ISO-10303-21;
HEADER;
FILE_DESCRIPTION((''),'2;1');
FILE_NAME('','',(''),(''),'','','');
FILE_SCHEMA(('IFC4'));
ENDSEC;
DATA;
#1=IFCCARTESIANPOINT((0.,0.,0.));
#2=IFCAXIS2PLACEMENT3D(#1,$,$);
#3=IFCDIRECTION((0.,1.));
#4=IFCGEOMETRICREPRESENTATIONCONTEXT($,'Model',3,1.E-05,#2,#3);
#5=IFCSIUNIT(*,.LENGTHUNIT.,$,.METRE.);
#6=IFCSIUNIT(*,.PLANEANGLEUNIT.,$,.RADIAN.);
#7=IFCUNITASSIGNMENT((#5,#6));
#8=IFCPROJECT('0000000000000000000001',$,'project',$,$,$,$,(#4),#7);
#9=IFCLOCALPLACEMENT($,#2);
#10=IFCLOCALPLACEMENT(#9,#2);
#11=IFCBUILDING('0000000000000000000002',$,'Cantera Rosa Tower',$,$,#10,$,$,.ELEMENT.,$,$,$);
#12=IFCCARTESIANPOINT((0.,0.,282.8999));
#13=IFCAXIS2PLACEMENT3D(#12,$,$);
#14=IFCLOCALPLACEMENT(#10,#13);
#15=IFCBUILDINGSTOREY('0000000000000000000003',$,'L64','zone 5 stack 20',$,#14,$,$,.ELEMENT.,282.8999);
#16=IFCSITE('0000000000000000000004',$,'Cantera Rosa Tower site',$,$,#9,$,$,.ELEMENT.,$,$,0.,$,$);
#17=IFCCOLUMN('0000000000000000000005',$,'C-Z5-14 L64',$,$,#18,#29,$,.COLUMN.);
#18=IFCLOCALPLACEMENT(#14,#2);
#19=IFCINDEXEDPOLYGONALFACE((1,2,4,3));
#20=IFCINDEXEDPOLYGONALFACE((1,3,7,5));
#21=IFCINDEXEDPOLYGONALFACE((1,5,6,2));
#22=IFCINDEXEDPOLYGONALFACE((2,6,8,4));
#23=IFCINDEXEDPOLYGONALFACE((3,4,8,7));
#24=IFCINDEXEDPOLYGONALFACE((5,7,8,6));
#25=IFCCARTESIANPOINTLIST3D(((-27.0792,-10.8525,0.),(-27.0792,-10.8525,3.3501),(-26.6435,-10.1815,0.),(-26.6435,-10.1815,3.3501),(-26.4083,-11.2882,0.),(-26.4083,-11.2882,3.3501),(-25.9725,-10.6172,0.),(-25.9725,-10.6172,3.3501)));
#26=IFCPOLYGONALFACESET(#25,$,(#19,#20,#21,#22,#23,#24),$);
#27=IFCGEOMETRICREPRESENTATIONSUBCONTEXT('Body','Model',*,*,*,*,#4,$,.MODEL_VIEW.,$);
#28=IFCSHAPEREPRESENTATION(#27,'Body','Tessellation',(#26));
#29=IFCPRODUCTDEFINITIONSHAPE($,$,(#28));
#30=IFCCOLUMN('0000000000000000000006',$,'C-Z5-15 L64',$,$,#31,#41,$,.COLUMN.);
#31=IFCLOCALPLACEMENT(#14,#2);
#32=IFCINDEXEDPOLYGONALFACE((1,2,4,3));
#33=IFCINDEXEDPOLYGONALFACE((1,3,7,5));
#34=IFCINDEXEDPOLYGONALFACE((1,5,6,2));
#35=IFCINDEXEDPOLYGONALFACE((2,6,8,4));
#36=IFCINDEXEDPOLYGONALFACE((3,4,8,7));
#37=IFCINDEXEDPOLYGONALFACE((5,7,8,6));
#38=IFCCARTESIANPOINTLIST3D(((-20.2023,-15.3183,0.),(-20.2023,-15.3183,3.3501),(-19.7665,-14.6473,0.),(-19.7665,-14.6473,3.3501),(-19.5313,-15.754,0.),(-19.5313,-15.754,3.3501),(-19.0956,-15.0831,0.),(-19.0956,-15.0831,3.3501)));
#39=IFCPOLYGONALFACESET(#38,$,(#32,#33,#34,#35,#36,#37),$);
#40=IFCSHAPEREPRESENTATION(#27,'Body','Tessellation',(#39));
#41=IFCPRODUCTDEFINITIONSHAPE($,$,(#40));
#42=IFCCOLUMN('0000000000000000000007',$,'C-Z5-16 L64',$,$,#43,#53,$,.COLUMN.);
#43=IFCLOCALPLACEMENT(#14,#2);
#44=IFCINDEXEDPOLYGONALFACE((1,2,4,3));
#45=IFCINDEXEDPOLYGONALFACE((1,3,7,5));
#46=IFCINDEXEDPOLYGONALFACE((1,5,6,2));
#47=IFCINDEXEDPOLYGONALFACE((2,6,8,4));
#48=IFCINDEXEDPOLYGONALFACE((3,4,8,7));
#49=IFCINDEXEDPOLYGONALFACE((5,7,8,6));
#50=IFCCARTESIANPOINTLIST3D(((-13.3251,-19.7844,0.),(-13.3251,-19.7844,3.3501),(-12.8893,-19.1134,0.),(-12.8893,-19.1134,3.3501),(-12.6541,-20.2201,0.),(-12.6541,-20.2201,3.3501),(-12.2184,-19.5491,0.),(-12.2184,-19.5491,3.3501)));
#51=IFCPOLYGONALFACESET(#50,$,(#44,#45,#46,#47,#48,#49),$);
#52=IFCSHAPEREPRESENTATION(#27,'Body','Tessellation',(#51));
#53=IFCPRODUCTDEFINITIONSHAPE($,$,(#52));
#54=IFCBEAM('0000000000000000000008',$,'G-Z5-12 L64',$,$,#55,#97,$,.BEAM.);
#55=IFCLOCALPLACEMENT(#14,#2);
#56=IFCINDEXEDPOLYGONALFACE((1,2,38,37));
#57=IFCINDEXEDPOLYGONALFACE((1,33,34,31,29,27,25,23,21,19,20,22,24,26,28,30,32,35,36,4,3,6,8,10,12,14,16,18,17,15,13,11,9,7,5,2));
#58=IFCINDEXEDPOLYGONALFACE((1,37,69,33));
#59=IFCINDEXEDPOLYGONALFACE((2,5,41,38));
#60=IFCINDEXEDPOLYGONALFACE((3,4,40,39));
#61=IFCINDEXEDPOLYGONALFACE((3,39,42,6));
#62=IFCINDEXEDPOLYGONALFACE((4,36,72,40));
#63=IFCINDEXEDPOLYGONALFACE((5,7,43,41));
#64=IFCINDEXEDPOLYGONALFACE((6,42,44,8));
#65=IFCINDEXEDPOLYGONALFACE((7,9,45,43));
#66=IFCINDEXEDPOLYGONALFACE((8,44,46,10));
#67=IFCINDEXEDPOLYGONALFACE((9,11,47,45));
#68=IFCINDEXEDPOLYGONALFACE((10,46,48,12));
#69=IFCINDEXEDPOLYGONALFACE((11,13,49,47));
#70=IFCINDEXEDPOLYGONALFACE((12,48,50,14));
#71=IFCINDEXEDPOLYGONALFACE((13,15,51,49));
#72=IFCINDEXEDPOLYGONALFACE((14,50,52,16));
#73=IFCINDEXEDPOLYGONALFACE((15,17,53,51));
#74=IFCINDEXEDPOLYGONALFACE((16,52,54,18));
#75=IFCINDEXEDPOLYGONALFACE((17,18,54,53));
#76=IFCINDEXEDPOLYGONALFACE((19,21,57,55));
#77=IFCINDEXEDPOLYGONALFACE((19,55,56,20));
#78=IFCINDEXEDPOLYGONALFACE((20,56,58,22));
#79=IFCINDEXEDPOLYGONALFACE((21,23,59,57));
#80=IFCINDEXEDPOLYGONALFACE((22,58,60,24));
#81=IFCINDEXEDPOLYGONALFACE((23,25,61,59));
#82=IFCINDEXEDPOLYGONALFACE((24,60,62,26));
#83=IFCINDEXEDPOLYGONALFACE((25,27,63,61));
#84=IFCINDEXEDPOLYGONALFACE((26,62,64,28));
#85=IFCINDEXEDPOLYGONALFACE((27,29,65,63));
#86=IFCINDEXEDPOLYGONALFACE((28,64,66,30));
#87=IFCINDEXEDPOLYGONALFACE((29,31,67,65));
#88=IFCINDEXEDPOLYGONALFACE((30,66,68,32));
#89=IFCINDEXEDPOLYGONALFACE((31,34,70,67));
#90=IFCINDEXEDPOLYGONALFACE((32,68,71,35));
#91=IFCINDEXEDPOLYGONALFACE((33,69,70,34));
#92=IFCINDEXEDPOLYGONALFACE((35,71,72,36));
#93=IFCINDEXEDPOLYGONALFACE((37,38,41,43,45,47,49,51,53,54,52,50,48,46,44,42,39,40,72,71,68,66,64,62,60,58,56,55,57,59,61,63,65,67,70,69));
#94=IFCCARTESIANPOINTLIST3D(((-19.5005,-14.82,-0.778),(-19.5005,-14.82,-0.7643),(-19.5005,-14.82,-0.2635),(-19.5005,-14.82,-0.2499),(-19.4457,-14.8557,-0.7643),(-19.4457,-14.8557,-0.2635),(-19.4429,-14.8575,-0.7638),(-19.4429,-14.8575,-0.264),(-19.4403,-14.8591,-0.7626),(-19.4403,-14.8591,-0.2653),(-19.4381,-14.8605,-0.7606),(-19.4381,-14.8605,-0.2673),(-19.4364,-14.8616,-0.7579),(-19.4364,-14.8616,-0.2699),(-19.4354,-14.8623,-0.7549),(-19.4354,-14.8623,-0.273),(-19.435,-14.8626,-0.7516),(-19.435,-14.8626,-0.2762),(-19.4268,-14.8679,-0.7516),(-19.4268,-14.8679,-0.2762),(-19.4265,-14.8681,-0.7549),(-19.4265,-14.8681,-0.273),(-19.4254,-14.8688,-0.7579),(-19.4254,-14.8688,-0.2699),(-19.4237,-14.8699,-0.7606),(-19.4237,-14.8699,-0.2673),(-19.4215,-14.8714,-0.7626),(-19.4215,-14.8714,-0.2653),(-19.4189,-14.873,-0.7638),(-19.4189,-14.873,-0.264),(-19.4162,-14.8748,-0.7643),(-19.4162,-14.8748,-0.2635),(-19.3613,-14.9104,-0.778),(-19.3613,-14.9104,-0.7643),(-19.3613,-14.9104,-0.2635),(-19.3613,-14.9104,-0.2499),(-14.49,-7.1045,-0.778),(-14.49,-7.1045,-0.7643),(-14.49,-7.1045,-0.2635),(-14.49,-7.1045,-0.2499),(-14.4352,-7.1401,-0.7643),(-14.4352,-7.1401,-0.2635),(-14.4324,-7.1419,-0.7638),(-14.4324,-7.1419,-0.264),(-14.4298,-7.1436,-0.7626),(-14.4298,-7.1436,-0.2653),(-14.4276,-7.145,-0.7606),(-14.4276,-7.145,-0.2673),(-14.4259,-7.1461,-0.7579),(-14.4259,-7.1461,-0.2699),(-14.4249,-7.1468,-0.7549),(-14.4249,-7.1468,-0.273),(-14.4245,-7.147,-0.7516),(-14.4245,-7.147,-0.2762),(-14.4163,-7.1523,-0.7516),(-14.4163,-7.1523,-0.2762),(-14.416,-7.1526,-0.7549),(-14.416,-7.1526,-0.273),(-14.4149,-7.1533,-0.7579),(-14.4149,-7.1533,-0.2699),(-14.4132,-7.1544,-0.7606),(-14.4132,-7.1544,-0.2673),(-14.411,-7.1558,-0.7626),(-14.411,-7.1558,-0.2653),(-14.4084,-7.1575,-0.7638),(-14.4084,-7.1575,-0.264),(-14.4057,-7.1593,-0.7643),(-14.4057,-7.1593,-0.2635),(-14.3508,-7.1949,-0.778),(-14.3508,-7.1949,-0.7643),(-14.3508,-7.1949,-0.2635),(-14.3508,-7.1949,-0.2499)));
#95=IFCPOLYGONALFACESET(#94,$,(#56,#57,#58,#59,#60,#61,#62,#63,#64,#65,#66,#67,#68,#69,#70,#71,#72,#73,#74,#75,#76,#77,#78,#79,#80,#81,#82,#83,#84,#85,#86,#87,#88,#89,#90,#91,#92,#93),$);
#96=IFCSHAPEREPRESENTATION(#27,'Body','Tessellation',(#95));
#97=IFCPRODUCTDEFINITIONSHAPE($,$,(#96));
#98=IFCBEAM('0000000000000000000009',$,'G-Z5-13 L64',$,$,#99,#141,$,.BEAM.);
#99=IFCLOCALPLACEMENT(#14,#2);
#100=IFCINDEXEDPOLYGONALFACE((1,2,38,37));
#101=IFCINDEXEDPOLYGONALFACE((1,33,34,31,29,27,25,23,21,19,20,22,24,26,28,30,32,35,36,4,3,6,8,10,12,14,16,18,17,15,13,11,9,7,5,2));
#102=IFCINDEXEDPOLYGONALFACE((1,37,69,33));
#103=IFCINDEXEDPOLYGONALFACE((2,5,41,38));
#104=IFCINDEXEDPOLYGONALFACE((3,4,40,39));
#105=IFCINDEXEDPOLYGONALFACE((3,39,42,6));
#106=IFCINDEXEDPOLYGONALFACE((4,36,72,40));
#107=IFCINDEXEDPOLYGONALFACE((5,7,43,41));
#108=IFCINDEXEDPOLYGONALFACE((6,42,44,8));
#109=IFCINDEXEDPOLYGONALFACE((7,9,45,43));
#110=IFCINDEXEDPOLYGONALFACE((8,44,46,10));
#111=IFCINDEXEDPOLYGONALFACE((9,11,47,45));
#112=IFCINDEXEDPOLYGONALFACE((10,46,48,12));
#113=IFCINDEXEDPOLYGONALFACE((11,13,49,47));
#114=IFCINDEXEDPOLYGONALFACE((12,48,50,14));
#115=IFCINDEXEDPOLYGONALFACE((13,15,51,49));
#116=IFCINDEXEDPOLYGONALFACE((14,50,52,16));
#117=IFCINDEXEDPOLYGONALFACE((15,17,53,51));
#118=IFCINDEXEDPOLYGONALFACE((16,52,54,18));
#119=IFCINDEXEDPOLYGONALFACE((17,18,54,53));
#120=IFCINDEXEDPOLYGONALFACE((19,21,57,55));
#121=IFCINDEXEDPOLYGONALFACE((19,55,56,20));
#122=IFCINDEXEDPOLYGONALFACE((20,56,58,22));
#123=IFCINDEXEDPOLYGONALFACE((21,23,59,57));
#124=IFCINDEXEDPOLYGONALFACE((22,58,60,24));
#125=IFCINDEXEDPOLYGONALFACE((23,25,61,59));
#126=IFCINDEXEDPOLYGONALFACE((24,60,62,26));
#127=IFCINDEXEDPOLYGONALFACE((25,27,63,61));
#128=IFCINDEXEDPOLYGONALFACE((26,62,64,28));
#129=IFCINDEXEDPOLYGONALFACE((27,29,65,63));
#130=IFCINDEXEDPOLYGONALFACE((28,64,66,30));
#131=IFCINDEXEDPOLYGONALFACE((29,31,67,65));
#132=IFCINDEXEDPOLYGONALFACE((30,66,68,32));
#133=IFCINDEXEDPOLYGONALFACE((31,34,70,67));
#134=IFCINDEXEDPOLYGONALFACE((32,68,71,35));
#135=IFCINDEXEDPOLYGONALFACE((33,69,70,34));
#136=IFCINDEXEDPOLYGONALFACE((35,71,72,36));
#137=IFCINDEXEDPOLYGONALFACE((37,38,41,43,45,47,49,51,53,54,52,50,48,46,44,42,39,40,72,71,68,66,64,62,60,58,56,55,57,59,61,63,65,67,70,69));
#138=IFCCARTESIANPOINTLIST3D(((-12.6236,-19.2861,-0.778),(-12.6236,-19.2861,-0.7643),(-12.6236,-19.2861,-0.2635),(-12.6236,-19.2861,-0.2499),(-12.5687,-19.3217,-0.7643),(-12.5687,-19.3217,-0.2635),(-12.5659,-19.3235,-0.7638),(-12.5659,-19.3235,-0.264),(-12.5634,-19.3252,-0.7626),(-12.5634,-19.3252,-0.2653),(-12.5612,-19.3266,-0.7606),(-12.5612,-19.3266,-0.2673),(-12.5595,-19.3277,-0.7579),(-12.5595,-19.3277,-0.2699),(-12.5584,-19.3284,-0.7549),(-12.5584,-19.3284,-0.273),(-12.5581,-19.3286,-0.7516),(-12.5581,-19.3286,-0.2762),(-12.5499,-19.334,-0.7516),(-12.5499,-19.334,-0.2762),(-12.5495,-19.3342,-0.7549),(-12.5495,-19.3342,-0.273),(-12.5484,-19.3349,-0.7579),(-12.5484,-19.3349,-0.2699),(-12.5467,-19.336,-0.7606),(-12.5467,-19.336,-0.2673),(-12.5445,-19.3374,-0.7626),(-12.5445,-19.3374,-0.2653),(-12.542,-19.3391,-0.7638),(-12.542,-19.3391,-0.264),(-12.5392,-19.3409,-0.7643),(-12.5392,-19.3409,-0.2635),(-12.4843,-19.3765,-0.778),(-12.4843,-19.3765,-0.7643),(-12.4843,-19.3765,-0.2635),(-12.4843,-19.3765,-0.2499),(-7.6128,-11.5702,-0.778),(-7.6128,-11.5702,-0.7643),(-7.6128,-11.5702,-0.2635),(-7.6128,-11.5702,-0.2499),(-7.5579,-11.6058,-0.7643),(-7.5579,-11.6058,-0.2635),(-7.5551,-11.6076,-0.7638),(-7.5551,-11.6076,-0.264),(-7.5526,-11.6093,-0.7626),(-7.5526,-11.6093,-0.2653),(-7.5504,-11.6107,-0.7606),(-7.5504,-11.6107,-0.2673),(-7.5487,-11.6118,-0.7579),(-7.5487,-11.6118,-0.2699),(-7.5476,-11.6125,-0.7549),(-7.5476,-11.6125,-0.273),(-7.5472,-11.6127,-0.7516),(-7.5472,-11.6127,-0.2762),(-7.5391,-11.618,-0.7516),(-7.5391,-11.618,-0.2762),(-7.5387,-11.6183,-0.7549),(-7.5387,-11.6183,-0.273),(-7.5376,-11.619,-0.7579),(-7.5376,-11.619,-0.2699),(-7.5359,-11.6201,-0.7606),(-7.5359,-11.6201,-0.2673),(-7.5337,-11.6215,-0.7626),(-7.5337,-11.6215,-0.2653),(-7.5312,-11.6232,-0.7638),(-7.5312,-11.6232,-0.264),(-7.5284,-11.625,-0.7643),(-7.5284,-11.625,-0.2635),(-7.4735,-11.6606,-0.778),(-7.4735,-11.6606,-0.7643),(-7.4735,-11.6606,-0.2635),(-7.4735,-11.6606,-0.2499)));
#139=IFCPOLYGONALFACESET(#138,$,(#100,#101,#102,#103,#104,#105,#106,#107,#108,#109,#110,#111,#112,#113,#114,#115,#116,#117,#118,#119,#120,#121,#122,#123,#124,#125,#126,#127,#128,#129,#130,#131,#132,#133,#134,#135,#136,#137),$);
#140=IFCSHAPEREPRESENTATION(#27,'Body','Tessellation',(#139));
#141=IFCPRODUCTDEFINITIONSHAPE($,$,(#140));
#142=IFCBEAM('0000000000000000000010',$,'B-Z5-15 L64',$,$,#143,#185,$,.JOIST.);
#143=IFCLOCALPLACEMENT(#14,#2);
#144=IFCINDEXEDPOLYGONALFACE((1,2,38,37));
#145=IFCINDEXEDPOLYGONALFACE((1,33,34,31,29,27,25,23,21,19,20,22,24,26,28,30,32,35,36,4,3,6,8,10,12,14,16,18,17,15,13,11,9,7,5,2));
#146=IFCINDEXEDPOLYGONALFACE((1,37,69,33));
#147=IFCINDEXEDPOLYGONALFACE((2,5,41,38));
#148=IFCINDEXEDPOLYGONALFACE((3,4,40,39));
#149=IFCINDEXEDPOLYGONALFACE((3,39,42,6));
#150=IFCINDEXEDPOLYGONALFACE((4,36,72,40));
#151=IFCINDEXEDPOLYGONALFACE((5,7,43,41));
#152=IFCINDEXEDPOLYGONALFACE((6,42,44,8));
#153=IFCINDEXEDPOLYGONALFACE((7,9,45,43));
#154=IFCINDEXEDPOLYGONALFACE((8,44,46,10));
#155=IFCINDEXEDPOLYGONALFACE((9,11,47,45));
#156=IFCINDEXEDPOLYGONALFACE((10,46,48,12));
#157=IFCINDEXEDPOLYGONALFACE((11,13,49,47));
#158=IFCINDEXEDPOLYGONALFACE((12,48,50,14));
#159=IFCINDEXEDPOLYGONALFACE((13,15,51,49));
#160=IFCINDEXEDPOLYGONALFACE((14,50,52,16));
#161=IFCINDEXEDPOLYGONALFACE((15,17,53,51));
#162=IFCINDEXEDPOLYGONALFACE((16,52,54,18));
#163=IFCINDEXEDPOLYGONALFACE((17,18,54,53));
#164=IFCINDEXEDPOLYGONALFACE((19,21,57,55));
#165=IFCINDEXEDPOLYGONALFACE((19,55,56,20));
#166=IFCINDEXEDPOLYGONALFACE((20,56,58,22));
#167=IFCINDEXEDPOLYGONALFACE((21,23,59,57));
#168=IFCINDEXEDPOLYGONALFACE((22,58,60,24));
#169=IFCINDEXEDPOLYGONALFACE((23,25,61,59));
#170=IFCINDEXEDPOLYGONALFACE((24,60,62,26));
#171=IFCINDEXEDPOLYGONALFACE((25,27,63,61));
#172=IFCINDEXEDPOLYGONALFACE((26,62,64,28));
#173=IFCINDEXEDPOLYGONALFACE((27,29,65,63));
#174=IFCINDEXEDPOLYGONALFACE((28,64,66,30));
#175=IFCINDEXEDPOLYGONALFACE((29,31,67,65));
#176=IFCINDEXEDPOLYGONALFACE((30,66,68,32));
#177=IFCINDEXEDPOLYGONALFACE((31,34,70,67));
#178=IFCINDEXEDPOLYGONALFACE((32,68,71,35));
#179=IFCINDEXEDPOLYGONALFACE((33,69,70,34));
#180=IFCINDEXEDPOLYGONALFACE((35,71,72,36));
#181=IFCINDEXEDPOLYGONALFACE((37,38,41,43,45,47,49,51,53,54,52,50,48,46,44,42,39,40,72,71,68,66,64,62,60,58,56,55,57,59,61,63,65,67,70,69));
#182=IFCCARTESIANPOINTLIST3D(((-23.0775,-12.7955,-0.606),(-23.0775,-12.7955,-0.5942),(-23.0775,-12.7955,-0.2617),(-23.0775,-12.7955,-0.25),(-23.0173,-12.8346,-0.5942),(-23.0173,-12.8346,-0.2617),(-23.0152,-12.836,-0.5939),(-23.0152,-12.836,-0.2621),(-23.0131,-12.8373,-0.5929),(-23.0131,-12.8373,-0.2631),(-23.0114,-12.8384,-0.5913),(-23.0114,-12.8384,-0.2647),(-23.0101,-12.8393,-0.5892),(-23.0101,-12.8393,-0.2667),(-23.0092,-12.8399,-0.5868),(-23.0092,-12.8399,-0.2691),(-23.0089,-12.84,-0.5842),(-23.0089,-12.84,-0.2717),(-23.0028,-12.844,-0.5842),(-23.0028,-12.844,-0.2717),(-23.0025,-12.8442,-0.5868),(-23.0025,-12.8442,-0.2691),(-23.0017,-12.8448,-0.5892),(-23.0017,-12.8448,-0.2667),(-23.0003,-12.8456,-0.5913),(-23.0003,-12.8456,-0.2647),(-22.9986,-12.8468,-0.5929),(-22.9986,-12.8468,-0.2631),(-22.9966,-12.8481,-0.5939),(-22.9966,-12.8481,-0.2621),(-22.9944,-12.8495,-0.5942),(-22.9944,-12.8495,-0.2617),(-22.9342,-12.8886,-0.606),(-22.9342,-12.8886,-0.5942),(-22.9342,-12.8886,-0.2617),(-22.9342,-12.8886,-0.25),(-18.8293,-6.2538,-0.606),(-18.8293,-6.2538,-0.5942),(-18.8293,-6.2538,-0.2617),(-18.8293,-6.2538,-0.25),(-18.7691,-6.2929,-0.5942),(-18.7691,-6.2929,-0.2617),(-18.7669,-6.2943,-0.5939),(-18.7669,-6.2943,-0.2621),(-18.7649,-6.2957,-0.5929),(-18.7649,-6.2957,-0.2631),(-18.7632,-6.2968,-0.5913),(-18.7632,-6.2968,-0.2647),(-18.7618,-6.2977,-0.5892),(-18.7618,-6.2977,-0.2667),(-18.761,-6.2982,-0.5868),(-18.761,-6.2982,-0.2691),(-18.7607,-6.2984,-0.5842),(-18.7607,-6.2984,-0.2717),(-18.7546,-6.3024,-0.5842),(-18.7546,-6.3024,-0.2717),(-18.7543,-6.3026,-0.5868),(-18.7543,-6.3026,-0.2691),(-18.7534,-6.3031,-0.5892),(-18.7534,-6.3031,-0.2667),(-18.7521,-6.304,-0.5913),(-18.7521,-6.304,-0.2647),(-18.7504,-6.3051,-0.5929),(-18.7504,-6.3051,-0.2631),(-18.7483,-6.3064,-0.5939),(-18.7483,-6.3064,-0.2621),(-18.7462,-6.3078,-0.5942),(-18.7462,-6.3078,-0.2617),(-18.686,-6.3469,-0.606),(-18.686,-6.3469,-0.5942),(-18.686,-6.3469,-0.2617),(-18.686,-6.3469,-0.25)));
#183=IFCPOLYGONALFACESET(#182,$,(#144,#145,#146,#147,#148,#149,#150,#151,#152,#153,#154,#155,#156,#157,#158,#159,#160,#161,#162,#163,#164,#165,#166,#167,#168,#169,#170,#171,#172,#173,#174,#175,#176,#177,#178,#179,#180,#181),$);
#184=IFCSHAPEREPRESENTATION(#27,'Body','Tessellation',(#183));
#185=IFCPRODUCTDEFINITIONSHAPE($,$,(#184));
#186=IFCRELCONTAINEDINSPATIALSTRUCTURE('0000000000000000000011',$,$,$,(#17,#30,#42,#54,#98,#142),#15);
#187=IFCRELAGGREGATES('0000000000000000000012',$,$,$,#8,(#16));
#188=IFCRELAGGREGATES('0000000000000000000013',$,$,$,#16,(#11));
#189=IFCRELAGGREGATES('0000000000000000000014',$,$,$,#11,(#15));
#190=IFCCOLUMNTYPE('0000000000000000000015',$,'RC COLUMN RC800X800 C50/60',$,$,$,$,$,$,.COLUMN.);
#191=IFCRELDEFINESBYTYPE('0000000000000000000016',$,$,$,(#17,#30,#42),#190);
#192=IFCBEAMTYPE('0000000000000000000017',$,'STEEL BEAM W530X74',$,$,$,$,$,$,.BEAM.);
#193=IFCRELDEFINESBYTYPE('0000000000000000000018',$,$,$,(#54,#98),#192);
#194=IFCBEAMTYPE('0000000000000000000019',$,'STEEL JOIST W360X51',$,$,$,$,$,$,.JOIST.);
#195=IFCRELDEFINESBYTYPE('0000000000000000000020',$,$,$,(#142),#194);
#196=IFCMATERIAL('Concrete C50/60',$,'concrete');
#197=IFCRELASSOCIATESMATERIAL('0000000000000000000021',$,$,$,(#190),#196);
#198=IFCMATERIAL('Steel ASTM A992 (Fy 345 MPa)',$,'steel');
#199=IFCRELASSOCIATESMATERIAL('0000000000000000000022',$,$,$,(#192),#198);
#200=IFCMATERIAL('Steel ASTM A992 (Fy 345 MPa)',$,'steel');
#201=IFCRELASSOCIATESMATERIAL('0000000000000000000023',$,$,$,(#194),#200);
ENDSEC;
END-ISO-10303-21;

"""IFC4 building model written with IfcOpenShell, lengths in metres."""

from ifc_helpers import new_model, si_unit, direction, frame, origin, origin_2d, place, context, subcontext, project, spatial, rectangle, i_section, extrude, material, material_profile, profile_set, type_object, element, save


model = new_model("IFC4")

# Units and contexts
model_context = context("Model", 3, precision=1e-05, world=origin(), true_north=direction((0.0, 1.0)))
body_context = subcontext(model_context, "Body", "Model", "MODEL_VIEW")
ifc_project = project(units=[si_unit("LENGTHUNIT", "METRE"), si_unit("PLANEANGLEUNIT", "RADIAN")], contexts=[model_context])

# Site, building, storey
site_placement = place(None, origin())
site = spatial("IfcSite", under=ifc_project, at=site_placement, Name="Cantera Rosa Tower site", CompositionType="ELEMENT", RefElevation=0.0)
building_placement = place(site_placement, origin())
building = spatial("IfcBuilding", under=site, at=building_placement, Name="Cantera Rosa Tower", CompositionType="ELEMENT")
storey_placement = place(building_placement, frame((0.0, 0.0, 282.8999)))
storey = spatial("IfcBuildingStorey", under=building, at=storey_placement, Name="L64", Description="zone 5 stack 20", CompositionType="ELEMENT", Elevation=282.8999)

# Columns
ifc_material_1 = material(Name="Concrete C50/60", Category="concrete")
ifc_material_profile_1 = material_profile(ifc_material_1, rectangle(XDim=0.8, YDim=0.8, at=origin_2d()), Name="RC COLUMN RC800X800 C50/60")
ifc_profile_set_1 = profile_set([ifc_material_profile_1], Name="Concrete C50/60")
column_type = type_object("IfcColumnType", Name="RC COLUMN RC800X800 C50/60", PredefinedType="COLUMN", material=ifc_profile_set_1)
for number, where, z_axis, x_axis, name in (
    (1, (-26.5259, -10.7349, 0.0), (0.0, 0.0, 1.0), (0.544639, 0.838671, 0.0), "C-Z5-14 L64"),
    (2, (-19.6489, -15.2007, 0.0), (0.0, 0.0, 1.0), (0.544639, 0.838671, 0.0), "C-Z5-15 L64"),
    (3, (-12.7717, -19.6667, 0.0), (0.0, 0.0, 1.0), (0.544639, 0.838671, 0.0), "C-Z5-16 L64"),
):
    element("IfcColumn", number, at=place(storey_placement, frame(where, z_axis=z_axis, x_axis=x_axis)), inside=storey, type_object=column_type, Name=name, PredefinedType="COLUMN", context=body_context, shape_type="SweptSolid", body=[
        extrude(rectangle(XDim=0.8, YDim=0.8, at=origin_2d()), origin(), (0.0, 0.0, 1.0), 3.3501),
    ])

# Beams
ifc_material_2 = material(Name="Steel ASTM A992 (Fy 345 MPa)", Category="steel")
ifc_material_profile_2 = material_profile(ifc_material_2, i_section(OverallWidth=0.166, OverallDepth=0.5281, WebThickness=0.0098, FlangeThickness=0.0137, FilletRadius=0.0127, at=origin_2d()), Name="W530X74")
ifc_profile_set_2 = profile_set([ifc_material_profile_2], Name="Steel ASTM A992 (Fy 345 MPa)")
beam_type_1 = type_object("IfcBeamType", Name="STEEL BEAM W530X74", PredefinedType="BEAM", material=ifc_profile_set_2)
beam_1_placement = place(storey_placement, frame((-19.4309, -14.8652, -0.5139), z_axis=(0.544635, 0.838673, 0.0), x_axis=(-0.838673, 0.544635, 0.0)))
element("IfcBeam", 4, at=beam_1_placement, inside=storey, type_object=beam_type_1, Name="G-Z5-12 L64", PredefinedType="BEAM", context=body_context, shape_type="SweptSolid", body=[
    extrude(i_section(OverallWidth=0.166, OverallDepth=0.5281, WebThickness=0.0098, FlangeThickness=0.0137, FilletRadius=0.0127, at=origin_2d()), origin(), (0.0, 0.0, 1.0), 9.1997),
])
beam_2_placement = place(storey_placement, frame((-12.554, -19.3313, -0.5139), z_axis=(0.544641, 0.838669, 0.0), x_axis=(-0.838669, 0.544641, 0.0)))
element("IfcBeam", 5, at=beam_2_placement, inside=storey, type_object=beam_type_1, Name="G-Z5-13 L64", PredefinedType="BEAM", context=body_context, shape_type="SweptSolid", body=[
    extrude(i_section(OverallWidth=0.166, OverallDepth=0.5281, WebThickness=0.0098, FlangeThickness=0.0137, FilletRadius=0.0127, at=origin_2d()), origin(), (0.0, 0.0, 1.0), 9.2002),
])
ifc_material_3 = material(Name="Steel ASTM A992 (Fy 345 MPa)", Category="steel")
ifc_material_profile_3 = material_profile(ifc_material_3, i_section(OverallWidth=0.1709, OverallDepth=0.356, WebThickness=0.0073, FlangeThickness=0.0117, FilletRadius=0.01, at=origin_2d()), Name="W360X51")
ifc_profile_set_3 = profile_set([ifc_material_profile_3], Name="Steel ASTM A992 (Fy 345 MPa)")
beam_type_2 = type_object("IfcBeamType", Name="STEEL JOIST W360X51", PredefinedType="JOIST", material=ifc_profile_set_3)
beam_3_placement = place(storey_placement, frame((-23.0059, -12.842, -0.428), z_axis=(0.544642, 0.838669, 0.0), x_axis=(-0.838669, 0.544642, 0.0)))
element("IfcBeam", 6, at=beam_3_placement, inside=storey, type_object=beam_type_2, Name="B-Z5-15 L64", PredefinedType="JOIST", context=body_context, shape_type="SweptSolid", body=[
    extrude(i_section(OverallWidth=0.1709, OverallDepth=0.356, WebThickness=0.0073, FlangeThickness=0.0117, FilletRadius=0.01, at=origin_2d()), origin(), (0.0, 0.0, 1.0), 7.8),
])

save(model, "model.ifc")
